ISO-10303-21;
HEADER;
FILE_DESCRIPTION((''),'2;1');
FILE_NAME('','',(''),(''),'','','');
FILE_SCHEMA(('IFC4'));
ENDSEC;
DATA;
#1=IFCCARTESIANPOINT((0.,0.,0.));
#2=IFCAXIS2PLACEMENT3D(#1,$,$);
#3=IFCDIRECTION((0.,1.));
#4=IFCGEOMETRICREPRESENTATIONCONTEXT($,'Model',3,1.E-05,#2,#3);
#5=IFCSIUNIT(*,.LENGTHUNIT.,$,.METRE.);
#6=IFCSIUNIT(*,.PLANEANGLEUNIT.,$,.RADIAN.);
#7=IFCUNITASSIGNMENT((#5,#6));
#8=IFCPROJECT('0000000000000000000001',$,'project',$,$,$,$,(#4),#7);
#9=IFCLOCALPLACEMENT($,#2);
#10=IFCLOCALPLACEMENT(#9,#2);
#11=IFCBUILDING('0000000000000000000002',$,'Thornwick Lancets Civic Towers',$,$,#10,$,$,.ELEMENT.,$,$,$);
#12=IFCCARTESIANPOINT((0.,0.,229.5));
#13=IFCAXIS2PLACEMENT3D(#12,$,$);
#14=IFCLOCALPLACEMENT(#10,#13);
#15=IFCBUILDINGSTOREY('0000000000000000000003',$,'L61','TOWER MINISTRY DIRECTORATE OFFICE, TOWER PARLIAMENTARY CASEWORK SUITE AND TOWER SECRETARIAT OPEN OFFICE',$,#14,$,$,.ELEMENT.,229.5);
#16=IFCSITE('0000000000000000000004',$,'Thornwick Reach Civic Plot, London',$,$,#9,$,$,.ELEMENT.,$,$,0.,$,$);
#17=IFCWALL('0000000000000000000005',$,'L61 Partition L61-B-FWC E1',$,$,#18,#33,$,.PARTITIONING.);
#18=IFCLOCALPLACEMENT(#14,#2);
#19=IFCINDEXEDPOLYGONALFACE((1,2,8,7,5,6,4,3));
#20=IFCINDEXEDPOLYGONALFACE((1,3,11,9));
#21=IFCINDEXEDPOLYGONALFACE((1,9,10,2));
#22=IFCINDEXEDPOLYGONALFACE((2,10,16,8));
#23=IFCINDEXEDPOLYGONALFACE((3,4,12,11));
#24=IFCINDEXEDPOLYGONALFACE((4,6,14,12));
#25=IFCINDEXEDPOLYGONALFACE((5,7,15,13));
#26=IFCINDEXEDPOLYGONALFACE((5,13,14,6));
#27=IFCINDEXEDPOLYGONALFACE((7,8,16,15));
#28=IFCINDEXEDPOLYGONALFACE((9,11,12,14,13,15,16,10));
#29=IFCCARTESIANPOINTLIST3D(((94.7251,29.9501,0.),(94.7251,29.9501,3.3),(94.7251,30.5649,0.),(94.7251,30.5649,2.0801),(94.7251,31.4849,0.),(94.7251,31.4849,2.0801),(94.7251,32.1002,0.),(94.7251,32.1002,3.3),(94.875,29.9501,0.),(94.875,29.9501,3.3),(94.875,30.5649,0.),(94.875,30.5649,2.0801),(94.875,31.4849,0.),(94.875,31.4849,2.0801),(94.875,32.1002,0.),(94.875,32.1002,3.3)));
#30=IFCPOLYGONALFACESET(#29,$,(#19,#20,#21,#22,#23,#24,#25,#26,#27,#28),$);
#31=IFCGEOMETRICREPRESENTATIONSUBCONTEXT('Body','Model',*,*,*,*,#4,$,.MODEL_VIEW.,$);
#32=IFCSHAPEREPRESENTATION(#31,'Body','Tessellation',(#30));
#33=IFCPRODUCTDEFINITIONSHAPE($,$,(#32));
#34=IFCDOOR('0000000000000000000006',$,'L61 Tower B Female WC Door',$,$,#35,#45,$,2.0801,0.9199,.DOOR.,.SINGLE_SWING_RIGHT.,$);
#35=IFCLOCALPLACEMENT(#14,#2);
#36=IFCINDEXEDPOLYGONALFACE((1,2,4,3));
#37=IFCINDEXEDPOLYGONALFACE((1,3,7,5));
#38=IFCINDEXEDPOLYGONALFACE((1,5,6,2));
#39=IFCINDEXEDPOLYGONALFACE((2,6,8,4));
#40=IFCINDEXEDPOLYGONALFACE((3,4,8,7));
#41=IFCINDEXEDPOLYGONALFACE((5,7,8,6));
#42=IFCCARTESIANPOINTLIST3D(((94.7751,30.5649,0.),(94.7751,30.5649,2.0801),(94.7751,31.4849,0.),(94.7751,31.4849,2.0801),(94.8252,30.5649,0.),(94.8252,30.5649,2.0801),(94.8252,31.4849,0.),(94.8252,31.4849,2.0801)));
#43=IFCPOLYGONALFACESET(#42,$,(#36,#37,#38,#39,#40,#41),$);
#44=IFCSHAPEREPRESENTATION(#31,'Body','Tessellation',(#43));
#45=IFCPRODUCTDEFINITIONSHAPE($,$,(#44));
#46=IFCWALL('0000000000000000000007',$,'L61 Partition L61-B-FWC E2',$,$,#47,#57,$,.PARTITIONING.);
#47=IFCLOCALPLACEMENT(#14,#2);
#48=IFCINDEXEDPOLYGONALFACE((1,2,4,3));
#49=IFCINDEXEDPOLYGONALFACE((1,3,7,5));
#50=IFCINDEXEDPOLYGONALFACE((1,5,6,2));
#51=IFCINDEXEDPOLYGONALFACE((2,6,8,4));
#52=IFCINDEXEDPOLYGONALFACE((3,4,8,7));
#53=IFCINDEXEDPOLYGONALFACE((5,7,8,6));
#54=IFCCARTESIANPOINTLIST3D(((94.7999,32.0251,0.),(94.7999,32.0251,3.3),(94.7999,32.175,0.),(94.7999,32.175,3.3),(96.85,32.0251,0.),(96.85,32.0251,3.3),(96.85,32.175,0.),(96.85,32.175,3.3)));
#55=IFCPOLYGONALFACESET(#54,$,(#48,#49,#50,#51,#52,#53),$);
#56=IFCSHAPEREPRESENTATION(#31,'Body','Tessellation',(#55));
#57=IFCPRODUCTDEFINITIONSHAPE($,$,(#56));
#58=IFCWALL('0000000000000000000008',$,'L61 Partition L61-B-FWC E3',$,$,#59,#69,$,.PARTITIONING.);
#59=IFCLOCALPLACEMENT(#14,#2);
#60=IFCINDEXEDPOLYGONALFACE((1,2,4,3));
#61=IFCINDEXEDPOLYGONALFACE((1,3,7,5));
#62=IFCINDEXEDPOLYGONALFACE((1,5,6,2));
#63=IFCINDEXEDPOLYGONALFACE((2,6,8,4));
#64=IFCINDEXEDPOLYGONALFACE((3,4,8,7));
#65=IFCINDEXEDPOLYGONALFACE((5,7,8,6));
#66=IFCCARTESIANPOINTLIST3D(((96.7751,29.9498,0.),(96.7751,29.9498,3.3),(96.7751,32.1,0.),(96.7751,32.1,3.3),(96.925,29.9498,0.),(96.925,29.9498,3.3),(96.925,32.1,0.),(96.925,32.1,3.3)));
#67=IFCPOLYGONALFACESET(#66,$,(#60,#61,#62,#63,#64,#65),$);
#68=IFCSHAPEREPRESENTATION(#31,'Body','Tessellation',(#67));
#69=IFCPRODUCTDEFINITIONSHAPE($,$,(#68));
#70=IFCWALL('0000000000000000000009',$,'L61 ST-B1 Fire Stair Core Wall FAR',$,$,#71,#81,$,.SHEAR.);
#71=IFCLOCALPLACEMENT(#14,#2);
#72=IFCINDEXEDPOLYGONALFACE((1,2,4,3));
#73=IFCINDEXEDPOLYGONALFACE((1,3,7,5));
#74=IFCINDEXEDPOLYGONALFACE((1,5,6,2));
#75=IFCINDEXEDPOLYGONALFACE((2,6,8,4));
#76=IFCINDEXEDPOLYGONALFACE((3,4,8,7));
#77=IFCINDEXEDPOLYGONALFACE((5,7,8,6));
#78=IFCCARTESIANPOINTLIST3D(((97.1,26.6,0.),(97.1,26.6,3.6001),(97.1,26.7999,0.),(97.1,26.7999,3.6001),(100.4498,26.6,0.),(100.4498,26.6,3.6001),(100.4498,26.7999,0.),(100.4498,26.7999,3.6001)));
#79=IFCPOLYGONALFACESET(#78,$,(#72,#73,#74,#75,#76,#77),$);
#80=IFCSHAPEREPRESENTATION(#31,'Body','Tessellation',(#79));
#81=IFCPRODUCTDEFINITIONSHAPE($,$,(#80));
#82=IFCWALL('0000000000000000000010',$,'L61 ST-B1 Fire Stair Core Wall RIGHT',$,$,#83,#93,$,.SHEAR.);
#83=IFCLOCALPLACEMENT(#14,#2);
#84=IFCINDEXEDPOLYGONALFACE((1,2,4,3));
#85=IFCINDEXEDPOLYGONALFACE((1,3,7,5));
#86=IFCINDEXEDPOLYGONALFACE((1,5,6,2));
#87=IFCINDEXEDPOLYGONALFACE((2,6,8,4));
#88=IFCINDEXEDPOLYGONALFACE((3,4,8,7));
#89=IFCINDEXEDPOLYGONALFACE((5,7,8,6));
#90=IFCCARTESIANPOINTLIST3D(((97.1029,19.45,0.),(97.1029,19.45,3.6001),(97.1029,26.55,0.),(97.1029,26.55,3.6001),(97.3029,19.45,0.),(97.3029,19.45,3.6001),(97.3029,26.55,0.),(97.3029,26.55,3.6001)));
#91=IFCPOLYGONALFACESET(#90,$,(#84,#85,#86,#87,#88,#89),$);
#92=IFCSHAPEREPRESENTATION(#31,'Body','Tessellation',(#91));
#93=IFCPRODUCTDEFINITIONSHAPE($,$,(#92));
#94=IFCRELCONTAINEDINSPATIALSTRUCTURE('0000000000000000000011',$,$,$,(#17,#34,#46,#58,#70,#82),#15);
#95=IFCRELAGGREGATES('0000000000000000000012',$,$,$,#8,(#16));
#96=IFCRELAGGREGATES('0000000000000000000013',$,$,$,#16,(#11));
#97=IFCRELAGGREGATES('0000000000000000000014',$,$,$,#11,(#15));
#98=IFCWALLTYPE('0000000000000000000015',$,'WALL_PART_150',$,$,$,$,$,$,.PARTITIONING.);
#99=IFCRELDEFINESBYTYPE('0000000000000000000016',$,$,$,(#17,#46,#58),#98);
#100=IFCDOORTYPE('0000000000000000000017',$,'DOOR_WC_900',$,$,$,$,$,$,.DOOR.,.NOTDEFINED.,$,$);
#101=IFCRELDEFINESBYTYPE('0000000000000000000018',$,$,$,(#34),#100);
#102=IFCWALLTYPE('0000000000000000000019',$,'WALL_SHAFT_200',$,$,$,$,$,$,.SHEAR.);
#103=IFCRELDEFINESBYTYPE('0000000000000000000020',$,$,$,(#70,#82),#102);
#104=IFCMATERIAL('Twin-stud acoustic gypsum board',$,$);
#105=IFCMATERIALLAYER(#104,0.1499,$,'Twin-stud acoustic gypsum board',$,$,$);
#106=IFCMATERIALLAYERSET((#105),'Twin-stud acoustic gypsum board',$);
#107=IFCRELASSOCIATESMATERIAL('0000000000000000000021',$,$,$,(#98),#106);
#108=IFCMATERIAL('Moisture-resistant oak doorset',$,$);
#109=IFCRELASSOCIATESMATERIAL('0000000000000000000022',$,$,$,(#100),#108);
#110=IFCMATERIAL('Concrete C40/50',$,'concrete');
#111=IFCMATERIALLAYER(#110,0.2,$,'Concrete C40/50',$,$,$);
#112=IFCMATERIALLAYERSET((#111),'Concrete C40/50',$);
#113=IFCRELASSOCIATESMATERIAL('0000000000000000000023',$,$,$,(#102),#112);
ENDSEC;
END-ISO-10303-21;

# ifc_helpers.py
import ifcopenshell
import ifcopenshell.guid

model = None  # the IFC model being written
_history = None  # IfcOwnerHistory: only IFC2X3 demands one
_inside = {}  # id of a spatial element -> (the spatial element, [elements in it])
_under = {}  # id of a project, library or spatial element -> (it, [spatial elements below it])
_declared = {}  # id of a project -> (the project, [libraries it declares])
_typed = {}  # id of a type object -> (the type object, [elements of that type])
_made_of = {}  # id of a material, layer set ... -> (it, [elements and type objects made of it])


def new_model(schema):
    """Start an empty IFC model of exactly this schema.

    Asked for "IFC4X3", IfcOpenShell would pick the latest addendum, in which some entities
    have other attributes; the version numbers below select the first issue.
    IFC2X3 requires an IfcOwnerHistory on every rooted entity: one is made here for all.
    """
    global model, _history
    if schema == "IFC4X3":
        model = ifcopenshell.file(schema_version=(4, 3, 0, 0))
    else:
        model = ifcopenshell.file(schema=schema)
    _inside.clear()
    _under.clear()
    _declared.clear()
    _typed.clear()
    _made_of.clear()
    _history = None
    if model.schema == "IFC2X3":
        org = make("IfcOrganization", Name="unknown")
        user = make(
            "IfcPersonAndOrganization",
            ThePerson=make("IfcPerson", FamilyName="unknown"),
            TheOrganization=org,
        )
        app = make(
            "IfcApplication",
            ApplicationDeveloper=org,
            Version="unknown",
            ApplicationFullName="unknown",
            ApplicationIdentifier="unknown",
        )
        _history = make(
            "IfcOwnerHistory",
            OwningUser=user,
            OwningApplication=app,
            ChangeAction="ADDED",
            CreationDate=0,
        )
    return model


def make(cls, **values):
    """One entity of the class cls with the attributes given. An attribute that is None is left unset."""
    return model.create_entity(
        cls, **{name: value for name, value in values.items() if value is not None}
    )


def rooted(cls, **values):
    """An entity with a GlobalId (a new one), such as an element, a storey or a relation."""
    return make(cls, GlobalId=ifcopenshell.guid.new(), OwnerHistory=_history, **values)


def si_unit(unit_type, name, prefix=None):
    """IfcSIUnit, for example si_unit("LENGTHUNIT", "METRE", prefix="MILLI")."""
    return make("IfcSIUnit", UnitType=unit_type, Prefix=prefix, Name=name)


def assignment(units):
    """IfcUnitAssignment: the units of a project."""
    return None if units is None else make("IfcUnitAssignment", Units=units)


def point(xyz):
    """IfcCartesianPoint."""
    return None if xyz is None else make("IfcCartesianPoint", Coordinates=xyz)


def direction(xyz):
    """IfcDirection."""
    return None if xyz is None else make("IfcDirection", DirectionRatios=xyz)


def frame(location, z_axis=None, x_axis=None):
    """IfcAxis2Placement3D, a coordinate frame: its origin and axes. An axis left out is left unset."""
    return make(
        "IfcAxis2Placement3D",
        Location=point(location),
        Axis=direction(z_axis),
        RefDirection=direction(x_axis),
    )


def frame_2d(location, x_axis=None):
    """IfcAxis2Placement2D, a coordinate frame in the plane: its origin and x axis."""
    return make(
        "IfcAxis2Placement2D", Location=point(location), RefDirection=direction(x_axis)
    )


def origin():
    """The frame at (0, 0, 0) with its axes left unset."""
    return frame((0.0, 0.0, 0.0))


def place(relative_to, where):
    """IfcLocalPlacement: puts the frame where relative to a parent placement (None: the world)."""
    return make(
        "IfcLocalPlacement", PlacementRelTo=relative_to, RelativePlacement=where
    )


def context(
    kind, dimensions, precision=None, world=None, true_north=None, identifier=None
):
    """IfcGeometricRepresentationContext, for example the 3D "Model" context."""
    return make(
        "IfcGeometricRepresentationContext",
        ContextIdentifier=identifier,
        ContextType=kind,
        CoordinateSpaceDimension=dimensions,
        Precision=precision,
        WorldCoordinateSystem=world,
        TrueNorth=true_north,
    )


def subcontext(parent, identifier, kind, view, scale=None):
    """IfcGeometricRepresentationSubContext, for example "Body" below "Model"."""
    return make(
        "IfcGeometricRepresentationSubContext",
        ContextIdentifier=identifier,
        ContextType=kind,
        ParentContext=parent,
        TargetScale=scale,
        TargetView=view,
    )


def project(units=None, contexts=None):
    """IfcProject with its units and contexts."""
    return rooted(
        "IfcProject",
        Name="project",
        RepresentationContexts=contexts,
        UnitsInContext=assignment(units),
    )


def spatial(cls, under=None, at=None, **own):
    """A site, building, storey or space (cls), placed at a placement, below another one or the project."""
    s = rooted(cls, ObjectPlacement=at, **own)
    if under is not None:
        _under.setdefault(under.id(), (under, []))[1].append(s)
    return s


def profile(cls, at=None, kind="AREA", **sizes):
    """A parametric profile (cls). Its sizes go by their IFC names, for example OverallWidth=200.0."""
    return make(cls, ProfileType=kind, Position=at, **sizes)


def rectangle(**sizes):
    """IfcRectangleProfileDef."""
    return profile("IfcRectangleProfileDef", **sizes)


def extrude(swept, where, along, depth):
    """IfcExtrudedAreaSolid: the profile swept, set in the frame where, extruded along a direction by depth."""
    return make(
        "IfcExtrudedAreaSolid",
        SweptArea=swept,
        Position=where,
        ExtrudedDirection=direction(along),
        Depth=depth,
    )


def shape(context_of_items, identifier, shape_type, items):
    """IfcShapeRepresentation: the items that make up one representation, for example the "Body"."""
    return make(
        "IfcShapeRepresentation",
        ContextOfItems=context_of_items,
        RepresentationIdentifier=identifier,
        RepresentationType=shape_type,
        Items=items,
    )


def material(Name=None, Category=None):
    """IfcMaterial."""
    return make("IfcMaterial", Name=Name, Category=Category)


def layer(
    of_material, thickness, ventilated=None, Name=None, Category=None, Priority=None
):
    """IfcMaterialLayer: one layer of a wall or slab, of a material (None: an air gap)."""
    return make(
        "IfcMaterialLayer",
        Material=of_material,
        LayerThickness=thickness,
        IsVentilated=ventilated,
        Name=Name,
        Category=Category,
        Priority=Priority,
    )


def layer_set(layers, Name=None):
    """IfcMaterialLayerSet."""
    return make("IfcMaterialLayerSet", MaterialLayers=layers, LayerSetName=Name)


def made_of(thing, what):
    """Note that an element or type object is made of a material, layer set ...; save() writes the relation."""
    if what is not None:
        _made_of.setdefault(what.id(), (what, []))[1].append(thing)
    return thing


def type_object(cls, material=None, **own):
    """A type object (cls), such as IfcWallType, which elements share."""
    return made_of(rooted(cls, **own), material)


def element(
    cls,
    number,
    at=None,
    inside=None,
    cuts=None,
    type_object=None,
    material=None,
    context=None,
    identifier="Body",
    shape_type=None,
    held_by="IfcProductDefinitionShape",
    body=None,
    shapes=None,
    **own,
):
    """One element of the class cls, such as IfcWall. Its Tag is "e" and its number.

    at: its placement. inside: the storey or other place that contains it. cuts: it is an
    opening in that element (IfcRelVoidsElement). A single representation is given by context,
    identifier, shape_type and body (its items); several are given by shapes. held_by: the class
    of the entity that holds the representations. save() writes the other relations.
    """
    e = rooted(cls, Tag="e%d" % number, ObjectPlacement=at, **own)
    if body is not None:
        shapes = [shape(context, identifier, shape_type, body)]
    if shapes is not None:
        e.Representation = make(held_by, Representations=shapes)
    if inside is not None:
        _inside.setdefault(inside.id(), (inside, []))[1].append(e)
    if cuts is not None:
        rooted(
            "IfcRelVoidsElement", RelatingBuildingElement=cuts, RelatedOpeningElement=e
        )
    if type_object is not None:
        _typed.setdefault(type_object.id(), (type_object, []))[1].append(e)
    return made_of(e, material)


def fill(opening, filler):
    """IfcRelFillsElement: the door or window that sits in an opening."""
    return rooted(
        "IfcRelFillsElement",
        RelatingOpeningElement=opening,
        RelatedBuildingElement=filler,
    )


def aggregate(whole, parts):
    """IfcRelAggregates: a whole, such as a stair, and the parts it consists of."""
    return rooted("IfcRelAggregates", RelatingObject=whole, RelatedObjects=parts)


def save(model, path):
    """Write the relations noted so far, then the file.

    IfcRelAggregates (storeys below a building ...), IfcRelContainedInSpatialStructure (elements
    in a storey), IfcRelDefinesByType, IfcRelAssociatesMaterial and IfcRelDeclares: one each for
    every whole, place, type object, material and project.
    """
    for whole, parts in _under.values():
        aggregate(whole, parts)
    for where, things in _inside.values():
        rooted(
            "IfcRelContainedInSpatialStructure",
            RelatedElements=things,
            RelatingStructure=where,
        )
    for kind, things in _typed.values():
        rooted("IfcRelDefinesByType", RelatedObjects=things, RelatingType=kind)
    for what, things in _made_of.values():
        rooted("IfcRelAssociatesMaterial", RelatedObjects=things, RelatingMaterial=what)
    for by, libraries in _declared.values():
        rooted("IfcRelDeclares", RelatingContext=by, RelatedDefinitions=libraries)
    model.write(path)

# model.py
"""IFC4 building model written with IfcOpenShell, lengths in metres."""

from ifc_helpers import new_model, si_unit, direction, frame, frame_2d, origin, place, context, subcontext, project, spatial, rectangle, extrude, material, layer, layer_set, type_object, element, fill, save


model = new_model("IFC4")

# Units and contexts
model_context = context("Model", 3, precision=1e-05, world=origin(), true_north=direction((0.0, 1.0)))
body_context = subcontext(model_context, "Body", "Model", "MODEL_VIEW")
ifc_project = project(units=[si_unit("LENGTHUNIT", "METRE"), si_unit("PLANEANGLEUNIT", "RADIAN")], contexts=[model_context])

# Site, building, storey
site_placement = place(None, origin())
site = spatial("IfcSite", under=ifc_project, at=site_placement, Name="Thornwick Reach Civic Plot, London", CompositionType="ELEMENT", RefElevation=0.0)
building_placement = place(site_placement, origin())
building = spatial("IfcBuilding", under=site, at=building_placement, Name="Thornwick Lancets Civic Towers", CompositionType="ELEMENT")
storey_placement = place(building_placement, frame((0.0, 0.0, 229.5)))
storey = spatial("IfcBuildingStorey", under=building, at=storey_placement, Name="L61", Description="TOWER MINISTRY DIRECTORATE OFFICE, TOWER PARLIAMENTARY CASEWORK SUITE AND TOWER SECRETARIAT OPEN OFFICE", CompositionType="ELEMENT", Elevation=229.5)

# Shared definitions
ifc_material_1 = material(Name="Twin-stud acoustic gypsum board")
ifc_layer_1 = layer(ifc_material_1, 0.1499, Name="Twin-stud acoustic gypsum board")
ifc_layer_set_1 = layer_set([ifc_layer_1], Name="Twin-stud acoustic gypsum board")
wall_type_1 = type_object("IfcWallType", Name="WALL_PART_150", PredefinedType="PARTITIONING", material=ifc_layer_set_1)

# Wall, opening, door
wall_1_placement = place(storey_placement, frame((94.8, 29.95, 0.0), z_axis=(0.0, 0.0, 1.0), x_axis=(0.0, 1.0, 0.0)))
wall_1 = element("IfcWall", 1, at=wall_1_placement, inside=storey, type_object=wall_type_1, Name="L61 Partition L61-B-FWC E1", PredefinedType="PARTITIONING", context=body_context, shape_type="SweptSolid", body=[
    extrude(rectangle(XDim=2.1501, YDim=0.1499, at=frame_2d((1.0752, 0.0))), origin(), (0.0, 0.0, 1.0), 3.3),
])
opening_1_placement = place(wall_1_placement, frame((0.615, 0.0, 0.0)))
opening_1 = element("IfcOpeningElement", 2, at=opening_1_placement, cuts=wall_1, PredefinedType="OPENING", context=body_context, shape_type="SweptSolid", body=[
    extrude(rectangle(XDim=0.9199, YDim=2.0801, at=frame_2d((0.46, 1.04))), frame((0.0, 0.085, 0.0), z_axis=(0.0, -1.0, 0.0), x_axis=(1.0, 0.0, 0.0)), (0.0, 0.0, 1.0), 0.1699),
])
ifc_material_2 = material(Name="Moisture-resistant oak doorset")
door_type_1 = type_object("IfcDoorType", Name="DOOR_WC_900", OperationType="NOTDEFINED", PredefinedType="DOOR", material=ifc_material_2)
door_1_placement = place(opening_1_placement, origin())
door_1 = element("IfcDoor", 3, at=door_1_placement, inside=storey, type_object=door_type_1, Name="L61 Tower B Female WC Door", OperationType="SINGLE_SWING_RIGHT", OverallHeight=2.0801, OverallWidth=0.9199, PredefinedType="DOOR", context=body_context, shape_type="SweptSolid", body=[
    extrude(rectangle(XDim=0.9199, YDim=2.0801, at=frame_2d((0.46, 1.04))), frame((0.0, 0.0249, 0.0), z_axis=(0.0, -1.0, 0.0), x_axis=(1.0, 0.0, 0.0)), (0.0, 0.0, 1.0), 0.05),
])
fill(opening_1, door_1)

# Walls
wall_2_placement = place(storey_placement, frame((94.8, 32.1001, 0.0), z_axis=(0.0, 0.0, 1.0), x_axis=(1.0, 0.0, 0.0)))
element("IfcWall", 4, at=wall_2_placement, inside=storey, type_object=wall_type_1, Name="L61 Partition L61-B-FWC E2", PredefinedType="PARTITIONING", context=body_context, shape_type="SweptSolid", body=[
    extrude(rectangle(XDim=2.05, YDim=0.1499, at=frame_2d((1.0249, 0.0))), origin(), (0.0, 0.0, 1.0), 3.3),
])
wall_3_placement = place(storey_placement, frame((96.8501, 32.1001, 0.0), z_axis=(0.0, 0.0, 1.0), x_axis=(0.0, -1.0, 0.0)))
element("IfcWall", 5, at=wall_3_placement, inside=storey, type_object=wall_type_1, Name="L61 Partition L61-B-FWC E3", PredefinedType="PARTITIONING", context=body_context, shape_type="SweptSolid", body=[
    extrude(rectangle(XDim=2.1501, YDim=0.1499, at=frame_2d((1.0752, 0.0))), origin(), (0.0, 0.0, 1.0), 3.3),
])
ifc_material_3 = material(Name="Concrete C40/50", Category="concrete")
ifc_layer_2 = layer(ifc_material_3, 0.2, Name="Concrete C40/50")
ifc_layer_set_2 = layer_set([ifc_layer_2], Name="Concrete C40/50")
wall_type_2 = type_object("IfcWallType", Name="WALL_SHAFT_200", PredefinedType="SHEAR", material=ifc_layer_set_2)
wall_4_placement = place(storey_placement, frame((97.1001, 26.7, 0.0), z_axis=(0.0, 0.0, 1.0), x_axis=(1.0, 0.0, 0.0)))
element("IfcWall", 6, at=wall_4_placement, inside=storey, type_object=wall_type_2, Name="L61 ST-B1 Fire Stair Core Wall FAR", PredefinedType="SHEAR", context=body_context, shape_type="SweptSolid", body=[
    extrude(rectangle(XDim=3.3499, YDim=0.2, at=frame_2d((1.6748, 0.0))), origin(), (0.0, 0.0, 1.0), 3.6001),
])
wall_5_placement = place(storey_placement, frame((97.2029, 26.55, 0.0), z_axis=(0.0, 0.0, 1.0), x_axis=(0.0, -1.0, 0.0)))
element("IfcWall", 7, at=wall_5_placement, inside=storey, type_object=wall_type_2, Name="L61 ST-B1 Fire Stair Core Wall RIGHT", PredefinedType="SHEAR", context=body_context, shape_type="SweptSolid", body=[
    extrude(rectangle(XDim=7.1001, YDim=0.2, at=frame_2d((3.55, 0.0))), origin(), (0.0, 0.0, 1.0), 3.6001),
])

save(model, "model.ifc")
